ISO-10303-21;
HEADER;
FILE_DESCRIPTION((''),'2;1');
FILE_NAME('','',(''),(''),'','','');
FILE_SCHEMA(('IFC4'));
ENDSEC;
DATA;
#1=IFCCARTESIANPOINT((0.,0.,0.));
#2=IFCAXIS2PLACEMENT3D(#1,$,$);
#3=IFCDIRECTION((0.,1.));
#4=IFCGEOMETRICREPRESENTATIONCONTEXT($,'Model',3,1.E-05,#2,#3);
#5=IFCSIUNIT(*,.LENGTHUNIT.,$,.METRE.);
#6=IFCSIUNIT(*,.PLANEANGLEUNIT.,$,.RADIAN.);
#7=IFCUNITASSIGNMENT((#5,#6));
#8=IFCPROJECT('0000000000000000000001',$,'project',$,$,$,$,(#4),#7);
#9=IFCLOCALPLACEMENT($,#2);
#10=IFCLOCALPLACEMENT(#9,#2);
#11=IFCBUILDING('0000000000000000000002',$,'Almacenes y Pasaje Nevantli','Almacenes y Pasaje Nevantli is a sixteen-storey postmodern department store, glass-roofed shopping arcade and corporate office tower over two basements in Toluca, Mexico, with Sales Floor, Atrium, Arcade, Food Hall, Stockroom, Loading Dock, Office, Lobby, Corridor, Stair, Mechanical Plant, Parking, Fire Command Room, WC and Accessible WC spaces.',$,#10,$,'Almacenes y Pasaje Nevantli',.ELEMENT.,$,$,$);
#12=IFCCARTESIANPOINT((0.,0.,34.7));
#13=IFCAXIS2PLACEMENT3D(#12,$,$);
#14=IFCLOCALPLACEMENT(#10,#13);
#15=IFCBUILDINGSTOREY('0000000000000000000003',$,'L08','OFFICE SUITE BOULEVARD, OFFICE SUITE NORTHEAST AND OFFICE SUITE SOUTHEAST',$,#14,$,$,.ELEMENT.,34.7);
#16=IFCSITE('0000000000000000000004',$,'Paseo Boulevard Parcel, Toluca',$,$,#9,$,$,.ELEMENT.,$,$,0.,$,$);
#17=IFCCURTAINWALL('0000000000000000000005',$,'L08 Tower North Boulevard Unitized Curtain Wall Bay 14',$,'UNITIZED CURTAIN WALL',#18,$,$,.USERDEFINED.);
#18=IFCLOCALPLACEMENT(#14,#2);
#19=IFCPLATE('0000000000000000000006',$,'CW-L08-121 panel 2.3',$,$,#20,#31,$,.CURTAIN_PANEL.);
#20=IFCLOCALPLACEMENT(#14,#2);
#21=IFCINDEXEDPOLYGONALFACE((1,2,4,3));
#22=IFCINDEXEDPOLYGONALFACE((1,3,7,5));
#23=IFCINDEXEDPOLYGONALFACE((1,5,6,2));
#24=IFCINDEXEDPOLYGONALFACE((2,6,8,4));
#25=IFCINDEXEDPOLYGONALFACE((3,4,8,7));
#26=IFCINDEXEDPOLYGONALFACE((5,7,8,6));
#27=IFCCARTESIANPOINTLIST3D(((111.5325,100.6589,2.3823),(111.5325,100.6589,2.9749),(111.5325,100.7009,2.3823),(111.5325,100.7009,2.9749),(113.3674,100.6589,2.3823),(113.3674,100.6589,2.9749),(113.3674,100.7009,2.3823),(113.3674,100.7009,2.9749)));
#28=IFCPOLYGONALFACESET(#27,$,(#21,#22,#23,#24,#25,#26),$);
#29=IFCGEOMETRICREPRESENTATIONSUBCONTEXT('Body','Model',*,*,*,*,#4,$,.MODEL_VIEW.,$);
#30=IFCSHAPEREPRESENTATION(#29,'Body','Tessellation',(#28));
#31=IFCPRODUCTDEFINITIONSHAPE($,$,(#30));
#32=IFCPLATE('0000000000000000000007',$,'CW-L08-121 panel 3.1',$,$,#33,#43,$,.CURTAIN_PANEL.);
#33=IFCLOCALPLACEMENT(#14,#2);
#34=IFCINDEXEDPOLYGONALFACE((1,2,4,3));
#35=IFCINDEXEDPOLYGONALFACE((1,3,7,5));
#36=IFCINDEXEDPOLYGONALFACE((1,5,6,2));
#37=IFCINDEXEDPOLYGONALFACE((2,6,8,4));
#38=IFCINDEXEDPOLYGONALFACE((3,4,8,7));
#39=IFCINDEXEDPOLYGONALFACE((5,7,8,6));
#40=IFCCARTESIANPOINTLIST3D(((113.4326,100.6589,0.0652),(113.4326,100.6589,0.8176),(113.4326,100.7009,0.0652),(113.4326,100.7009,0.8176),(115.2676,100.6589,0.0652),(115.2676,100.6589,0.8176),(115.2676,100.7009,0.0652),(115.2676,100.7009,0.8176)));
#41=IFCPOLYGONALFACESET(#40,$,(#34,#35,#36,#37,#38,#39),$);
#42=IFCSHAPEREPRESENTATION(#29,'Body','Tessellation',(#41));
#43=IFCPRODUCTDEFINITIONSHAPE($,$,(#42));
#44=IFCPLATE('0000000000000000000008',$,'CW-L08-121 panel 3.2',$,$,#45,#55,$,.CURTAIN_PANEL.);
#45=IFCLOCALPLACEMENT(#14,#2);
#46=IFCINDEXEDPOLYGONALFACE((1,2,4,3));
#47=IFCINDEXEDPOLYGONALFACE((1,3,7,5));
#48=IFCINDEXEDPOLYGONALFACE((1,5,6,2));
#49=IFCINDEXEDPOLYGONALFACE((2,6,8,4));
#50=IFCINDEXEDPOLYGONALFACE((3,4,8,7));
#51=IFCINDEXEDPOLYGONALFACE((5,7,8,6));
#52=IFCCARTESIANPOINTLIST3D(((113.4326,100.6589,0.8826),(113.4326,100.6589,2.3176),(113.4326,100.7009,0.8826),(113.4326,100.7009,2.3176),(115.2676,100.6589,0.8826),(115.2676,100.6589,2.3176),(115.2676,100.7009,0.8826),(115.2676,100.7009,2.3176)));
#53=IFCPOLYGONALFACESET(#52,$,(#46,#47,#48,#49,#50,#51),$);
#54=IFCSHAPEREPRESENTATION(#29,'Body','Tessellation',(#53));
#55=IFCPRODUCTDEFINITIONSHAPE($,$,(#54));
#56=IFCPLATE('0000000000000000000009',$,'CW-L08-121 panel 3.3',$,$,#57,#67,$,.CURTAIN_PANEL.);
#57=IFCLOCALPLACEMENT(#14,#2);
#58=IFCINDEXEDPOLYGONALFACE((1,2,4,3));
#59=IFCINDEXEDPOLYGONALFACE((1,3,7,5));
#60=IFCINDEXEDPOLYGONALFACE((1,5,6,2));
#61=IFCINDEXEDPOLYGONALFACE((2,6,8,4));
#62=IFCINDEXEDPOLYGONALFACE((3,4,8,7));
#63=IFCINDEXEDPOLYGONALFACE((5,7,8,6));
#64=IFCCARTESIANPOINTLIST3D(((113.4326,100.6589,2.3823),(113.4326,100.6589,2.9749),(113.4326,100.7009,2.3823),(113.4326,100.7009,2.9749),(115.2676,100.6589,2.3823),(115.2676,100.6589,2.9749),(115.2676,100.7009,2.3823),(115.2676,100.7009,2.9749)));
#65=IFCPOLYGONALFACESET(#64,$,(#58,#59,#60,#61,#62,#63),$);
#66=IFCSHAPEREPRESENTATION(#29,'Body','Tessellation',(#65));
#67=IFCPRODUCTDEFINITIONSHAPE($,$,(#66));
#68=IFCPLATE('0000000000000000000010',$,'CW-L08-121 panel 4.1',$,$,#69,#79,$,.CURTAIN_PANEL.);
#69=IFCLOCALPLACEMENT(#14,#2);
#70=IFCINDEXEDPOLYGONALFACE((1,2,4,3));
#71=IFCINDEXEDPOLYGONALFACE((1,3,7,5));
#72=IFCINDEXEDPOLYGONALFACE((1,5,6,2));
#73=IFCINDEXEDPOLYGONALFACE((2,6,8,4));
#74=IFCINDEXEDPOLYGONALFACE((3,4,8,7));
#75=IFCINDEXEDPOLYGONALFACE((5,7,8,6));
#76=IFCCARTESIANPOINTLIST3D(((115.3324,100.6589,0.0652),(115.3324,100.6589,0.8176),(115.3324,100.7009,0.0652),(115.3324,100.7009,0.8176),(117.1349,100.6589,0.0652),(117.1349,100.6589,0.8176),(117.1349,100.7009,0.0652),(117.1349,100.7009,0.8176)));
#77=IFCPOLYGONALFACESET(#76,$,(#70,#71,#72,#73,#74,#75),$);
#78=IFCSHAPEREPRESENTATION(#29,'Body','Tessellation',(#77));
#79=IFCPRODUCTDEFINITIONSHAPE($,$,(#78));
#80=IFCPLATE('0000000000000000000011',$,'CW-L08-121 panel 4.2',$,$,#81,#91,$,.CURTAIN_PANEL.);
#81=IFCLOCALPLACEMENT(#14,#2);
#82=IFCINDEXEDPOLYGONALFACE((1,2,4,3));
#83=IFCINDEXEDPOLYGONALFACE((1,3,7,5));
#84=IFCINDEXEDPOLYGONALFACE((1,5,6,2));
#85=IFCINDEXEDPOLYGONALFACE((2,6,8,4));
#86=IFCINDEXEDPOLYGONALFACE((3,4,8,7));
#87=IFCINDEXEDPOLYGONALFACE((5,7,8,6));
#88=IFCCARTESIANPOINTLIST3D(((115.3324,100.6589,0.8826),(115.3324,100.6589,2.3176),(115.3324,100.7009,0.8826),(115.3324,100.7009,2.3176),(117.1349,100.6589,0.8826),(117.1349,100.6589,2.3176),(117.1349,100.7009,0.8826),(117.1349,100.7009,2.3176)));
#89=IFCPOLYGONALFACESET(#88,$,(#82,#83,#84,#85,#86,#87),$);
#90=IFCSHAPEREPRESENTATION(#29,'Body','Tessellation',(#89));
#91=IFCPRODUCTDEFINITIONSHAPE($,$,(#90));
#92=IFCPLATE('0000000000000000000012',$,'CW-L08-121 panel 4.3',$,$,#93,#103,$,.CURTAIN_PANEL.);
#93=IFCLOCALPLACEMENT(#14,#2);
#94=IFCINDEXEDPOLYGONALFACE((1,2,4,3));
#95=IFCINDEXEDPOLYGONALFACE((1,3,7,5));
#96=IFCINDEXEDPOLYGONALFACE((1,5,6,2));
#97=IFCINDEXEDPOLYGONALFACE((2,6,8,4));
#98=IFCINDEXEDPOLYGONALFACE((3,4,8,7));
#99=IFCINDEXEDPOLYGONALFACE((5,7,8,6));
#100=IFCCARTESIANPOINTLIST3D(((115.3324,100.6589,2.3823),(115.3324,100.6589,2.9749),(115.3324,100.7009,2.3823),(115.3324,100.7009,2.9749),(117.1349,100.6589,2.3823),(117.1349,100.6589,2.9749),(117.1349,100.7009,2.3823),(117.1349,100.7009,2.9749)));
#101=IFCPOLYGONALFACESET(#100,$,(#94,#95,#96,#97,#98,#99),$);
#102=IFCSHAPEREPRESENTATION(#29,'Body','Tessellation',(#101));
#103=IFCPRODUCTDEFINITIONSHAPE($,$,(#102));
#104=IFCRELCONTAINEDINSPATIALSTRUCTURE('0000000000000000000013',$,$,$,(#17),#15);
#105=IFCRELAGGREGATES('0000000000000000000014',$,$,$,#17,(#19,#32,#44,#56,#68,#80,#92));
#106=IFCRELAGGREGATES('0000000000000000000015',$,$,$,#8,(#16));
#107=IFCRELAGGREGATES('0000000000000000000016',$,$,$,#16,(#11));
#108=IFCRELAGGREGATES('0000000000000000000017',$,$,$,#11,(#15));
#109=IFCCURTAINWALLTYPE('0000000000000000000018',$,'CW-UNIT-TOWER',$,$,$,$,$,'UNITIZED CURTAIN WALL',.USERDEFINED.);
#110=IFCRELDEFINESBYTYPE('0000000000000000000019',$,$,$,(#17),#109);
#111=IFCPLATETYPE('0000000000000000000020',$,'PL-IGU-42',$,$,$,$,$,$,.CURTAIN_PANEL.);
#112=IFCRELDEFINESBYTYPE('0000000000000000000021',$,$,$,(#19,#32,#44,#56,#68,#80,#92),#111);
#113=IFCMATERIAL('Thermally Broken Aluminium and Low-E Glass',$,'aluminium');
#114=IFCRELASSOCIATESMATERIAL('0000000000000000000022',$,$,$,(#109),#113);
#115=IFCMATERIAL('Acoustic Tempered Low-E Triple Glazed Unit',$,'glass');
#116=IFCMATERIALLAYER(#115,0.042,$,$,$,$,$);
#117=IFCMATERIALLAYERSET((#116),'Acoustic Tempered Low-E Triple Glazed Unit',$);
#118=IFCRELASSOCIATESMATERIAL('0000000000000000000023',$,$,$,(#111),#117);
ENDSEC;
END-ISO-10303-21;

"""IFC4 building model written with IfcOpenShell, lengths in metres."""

from ifc_helpers import new_model, si_unit, direction, frame, origin, origin_2d, place, context, subcontext, project, spatial, rectangle, extrude, material, layer, layer_set, type_object, element, aggregate, save


model = new_model("IFC4")

# Units and contexts
model_context = context("Model", 3, precision=1e-05, world=origin(), true_north=direction((0.0, 1.0)))
body_context = subcontext(model_context, "Body", "Model", "MODEL_VIEW")
ifc_project = project(units=[si_unit("LENGTHUNIT", "METRE"), si_unit("PLANEANGLEUNIT", "RADIAN")], contexts=[model_context])

# Site, building, storey
site_placement = place(None, origin())
site = spatial("IfcSite", under=ifc_project, at=site_placement, Name="Paseo Boulevard Parcel, Toluca", CompositionType="ELEMENT", RefElevation=0.0)
building_placement = place(site_placement, origin())
building = spatial("IfcBuilding", under=site, at=building_placement, Name="Almacenes y Pasaje Nevantli", Description="Almacenes y Pasaje Nevantli is a sixteen-storey postmodern department store, glass-roofed shopping arcade and corporate office tower over two basements in Toluca, Mexico, with Sales Floor, Atrium, Arcade, Food Hall, Stockroom, Loading Dock, Office, Lobby, Corridor, Stair, Mechanical Plant, Parking, Fire Command Room, WC and Accessible WC spaces.", LongName="Almacenes y Pasaje Nevantli", CompositionType="ELEMENT")
storey_placement = place(building_placement, frame((0.0, 0.0, 34.7)))
storey = spatial("IfcBuildingStorey", under=building, at=storey_placement, Name="L08", Description="OFFICE SUITE BOULEVARD, OFFICE SUITE NORTHEAST AND OFFICE SUITE SOUTHEAST", CompositionType="ELEMENT", Elevation=34.7)

# Curtain wall, plates
ifc_material_1 = material(Name="Thermally Broken Aluminium and Low-E Glass", Category="aluminium")
curtain_wall_type = type_object("IfcCurtainWallType", Name="CW-UNIT-TOWER", ElementType="UNITIZED CURTAIN WALL", PredefinedType="USERDEFINED", material=ifc_material_1)
curtain_wall_placement = place(storey_placement, origin())
curtain_wall = element("IfcCurtainWall", 1, at=curtain_wall_placement, inside=storey, type_object=curtain_wall_type, Name="L08 Tower North Boulevard Unitized Curtain Wall Bay 14", ObjectType="UNITIZED CURTAIN WALL", PredefinedType="USERDEFINED")
ifc_material_2 = material(Name="Acoustic Tempered Low-E Triple Glazed Unit", Category="glass")
ifc_layer = layer(ifc_material_2, 0.042)
ifc_layer_set = layer_set([ifc_layer], Name="Acoustic Tempered Low-E Triple Glazed Unit")
plate_type = type_object("IfcPlateType", Name="PL-IGU-42", PredefinedType="CURTAIN_PANEL", material=ifc_layer_set)
plate_1_placement = place(storey_placement, frame((112.45, 100.6799, 2.3823), z_axis=(0.0, 0.0, 1.0), x_axis=(1.0, 0.0, 0.0)))
plate_1 = element("IfcPlate", 2, at=plate_1_placement, type_object=plate_type, Name="CW-L08-121 panel 2.3", PredefinedType="CURTAIN_PANEL", context=body_context, shape_type="SweptSolid", body=[
    extrude(rectangle(XDim=1.835, YDim=0.042, at=origin_2d()), origin(), (0.0, 0.0, 1.0), 0.5925),
])
plate_2_placement = place(storey_placement, frame((114.3501, 100.6799, 0.0652), z_axis=(0.0, 0.0, 1.0), x_axis=(1.0, 0.0, 0.0)))
plate_2 = element("IfcPlate", 3, at=plate_2_placement, type_object=plate_type, Name="CW-L08-121 panel 3.1", PredefinedType="CURTAIN_PANEL", context=body_context, shape_type="SweptSolid", body=[
    extrude(rectangle(XDim=1.835, YDim=0.042, at=origin_2d()), origin(), (0.0, 0.0, 1.0), 0.7524),
])
plate_3_placement = place(storey_placement, frame((114.3501, 100.6799, 0.8826), z_axis=(0.0, 0.0, 1.0), x_axis=(1.0, 0.0, 0.0)))
plate_3 = element("IfcPlate", 4, at=plate_3_placement, type_object=plate_type, Name="CW-L08-121 panel 3.2", PredefinedType="CURTAIN_PANEL", context=body_context, shape_type="SweptSolid", body=[
    extrude(rectangle(XDim=1.835, YDim=0.042, at=origin_2d()), origin(), (0.0, 0.0, 1.0), 1.4351),
])
plate_4_placement = place(storey_placement, frame((114.3501, 100.6799, 2.3823), z_axis=(0.0, 0.0, 1.0), x_axis=(1.0, 0.0, 0.0)))
plate_4 = element("IfcPlate", 5, at=plate_4_placement, type_object=plate_type, Name="CW-L08-121 panel 3.3", PredefinedType="CURTAIN_PANEL", context=body_context, shape_type="SweptSolid", body=[
    extrude(rectangle(XDim=1.835, YDim=0.042, at=origin_2d()), origin(), (0.0, 0.0, 1.0), 0.5925),
])
plate_5_placement = place(storey_placement, frame((116.2336, 100.6799, 0.0652), z_axis=(0.0, 0.0, 1.0), x_axis=(1.0, 0.0, 0.0)))
plate_5 = element("IfcPlate", 6, at=plate_5_placement, type_object=plate_type, Name="CW-L08-121 panel 4.1", PredefinedType="CURTAIN_PANEL", context=body_context, shape_type="SweptSolid", body=[
    extrude(rectangle(XDim=1.8025, YDim=0.042, at=origin_2d()), origin(), (0.0, 0.0, 1.0), 0.7524),
])
plate_6_placement = place(storey_placement, frame((116.2336, 100.6799, 0.8826), z_axis=(0.0, 0.0, 1.0), x_axis=(1.0, 0.0, 0.0)))
plate_6 = element("IfcPlate", 7, at=plate_6_placement, type_object=plate_type, Name="CW-L08-121 panel 4.2", PredefinedType="CURTAIN_PANEL", context=body_context, shape_type="SweptSolid", body=[
    extrude(rectangle(XDim=1.8025, YDim=0.042, at=origin_2d()), origin(), (0.0, 0.0, 1.0), 1.4351),
])
plate_7_placement = place(storey_placement, frame((116.2336, 100.6799, 2.3823), z_axis=(0.0, 0.0, 1.0), x_axis=(1.0, 0.0, 0.0)))
plate_7 = element("IfcPlate", 8, at=plate_7_placement, type_object=plate_type, Name="CW-L08-121 panel 4.3", PredefinedType="CURTAIN_PANEL", context=body_context, shape_type="SweptSolid", body=[
    extrude(rectangle(XDim=1.8025, YDim=0.042, at=origin_2d()), origin(), (0.0, 0.0, 1.0), 0.5925),
])
aggregate(curtain_wall, [plate_1, plate_2, plate_3, plate_4, plate_5, plate_6, plate_7])

save(model, "model.ifc")
